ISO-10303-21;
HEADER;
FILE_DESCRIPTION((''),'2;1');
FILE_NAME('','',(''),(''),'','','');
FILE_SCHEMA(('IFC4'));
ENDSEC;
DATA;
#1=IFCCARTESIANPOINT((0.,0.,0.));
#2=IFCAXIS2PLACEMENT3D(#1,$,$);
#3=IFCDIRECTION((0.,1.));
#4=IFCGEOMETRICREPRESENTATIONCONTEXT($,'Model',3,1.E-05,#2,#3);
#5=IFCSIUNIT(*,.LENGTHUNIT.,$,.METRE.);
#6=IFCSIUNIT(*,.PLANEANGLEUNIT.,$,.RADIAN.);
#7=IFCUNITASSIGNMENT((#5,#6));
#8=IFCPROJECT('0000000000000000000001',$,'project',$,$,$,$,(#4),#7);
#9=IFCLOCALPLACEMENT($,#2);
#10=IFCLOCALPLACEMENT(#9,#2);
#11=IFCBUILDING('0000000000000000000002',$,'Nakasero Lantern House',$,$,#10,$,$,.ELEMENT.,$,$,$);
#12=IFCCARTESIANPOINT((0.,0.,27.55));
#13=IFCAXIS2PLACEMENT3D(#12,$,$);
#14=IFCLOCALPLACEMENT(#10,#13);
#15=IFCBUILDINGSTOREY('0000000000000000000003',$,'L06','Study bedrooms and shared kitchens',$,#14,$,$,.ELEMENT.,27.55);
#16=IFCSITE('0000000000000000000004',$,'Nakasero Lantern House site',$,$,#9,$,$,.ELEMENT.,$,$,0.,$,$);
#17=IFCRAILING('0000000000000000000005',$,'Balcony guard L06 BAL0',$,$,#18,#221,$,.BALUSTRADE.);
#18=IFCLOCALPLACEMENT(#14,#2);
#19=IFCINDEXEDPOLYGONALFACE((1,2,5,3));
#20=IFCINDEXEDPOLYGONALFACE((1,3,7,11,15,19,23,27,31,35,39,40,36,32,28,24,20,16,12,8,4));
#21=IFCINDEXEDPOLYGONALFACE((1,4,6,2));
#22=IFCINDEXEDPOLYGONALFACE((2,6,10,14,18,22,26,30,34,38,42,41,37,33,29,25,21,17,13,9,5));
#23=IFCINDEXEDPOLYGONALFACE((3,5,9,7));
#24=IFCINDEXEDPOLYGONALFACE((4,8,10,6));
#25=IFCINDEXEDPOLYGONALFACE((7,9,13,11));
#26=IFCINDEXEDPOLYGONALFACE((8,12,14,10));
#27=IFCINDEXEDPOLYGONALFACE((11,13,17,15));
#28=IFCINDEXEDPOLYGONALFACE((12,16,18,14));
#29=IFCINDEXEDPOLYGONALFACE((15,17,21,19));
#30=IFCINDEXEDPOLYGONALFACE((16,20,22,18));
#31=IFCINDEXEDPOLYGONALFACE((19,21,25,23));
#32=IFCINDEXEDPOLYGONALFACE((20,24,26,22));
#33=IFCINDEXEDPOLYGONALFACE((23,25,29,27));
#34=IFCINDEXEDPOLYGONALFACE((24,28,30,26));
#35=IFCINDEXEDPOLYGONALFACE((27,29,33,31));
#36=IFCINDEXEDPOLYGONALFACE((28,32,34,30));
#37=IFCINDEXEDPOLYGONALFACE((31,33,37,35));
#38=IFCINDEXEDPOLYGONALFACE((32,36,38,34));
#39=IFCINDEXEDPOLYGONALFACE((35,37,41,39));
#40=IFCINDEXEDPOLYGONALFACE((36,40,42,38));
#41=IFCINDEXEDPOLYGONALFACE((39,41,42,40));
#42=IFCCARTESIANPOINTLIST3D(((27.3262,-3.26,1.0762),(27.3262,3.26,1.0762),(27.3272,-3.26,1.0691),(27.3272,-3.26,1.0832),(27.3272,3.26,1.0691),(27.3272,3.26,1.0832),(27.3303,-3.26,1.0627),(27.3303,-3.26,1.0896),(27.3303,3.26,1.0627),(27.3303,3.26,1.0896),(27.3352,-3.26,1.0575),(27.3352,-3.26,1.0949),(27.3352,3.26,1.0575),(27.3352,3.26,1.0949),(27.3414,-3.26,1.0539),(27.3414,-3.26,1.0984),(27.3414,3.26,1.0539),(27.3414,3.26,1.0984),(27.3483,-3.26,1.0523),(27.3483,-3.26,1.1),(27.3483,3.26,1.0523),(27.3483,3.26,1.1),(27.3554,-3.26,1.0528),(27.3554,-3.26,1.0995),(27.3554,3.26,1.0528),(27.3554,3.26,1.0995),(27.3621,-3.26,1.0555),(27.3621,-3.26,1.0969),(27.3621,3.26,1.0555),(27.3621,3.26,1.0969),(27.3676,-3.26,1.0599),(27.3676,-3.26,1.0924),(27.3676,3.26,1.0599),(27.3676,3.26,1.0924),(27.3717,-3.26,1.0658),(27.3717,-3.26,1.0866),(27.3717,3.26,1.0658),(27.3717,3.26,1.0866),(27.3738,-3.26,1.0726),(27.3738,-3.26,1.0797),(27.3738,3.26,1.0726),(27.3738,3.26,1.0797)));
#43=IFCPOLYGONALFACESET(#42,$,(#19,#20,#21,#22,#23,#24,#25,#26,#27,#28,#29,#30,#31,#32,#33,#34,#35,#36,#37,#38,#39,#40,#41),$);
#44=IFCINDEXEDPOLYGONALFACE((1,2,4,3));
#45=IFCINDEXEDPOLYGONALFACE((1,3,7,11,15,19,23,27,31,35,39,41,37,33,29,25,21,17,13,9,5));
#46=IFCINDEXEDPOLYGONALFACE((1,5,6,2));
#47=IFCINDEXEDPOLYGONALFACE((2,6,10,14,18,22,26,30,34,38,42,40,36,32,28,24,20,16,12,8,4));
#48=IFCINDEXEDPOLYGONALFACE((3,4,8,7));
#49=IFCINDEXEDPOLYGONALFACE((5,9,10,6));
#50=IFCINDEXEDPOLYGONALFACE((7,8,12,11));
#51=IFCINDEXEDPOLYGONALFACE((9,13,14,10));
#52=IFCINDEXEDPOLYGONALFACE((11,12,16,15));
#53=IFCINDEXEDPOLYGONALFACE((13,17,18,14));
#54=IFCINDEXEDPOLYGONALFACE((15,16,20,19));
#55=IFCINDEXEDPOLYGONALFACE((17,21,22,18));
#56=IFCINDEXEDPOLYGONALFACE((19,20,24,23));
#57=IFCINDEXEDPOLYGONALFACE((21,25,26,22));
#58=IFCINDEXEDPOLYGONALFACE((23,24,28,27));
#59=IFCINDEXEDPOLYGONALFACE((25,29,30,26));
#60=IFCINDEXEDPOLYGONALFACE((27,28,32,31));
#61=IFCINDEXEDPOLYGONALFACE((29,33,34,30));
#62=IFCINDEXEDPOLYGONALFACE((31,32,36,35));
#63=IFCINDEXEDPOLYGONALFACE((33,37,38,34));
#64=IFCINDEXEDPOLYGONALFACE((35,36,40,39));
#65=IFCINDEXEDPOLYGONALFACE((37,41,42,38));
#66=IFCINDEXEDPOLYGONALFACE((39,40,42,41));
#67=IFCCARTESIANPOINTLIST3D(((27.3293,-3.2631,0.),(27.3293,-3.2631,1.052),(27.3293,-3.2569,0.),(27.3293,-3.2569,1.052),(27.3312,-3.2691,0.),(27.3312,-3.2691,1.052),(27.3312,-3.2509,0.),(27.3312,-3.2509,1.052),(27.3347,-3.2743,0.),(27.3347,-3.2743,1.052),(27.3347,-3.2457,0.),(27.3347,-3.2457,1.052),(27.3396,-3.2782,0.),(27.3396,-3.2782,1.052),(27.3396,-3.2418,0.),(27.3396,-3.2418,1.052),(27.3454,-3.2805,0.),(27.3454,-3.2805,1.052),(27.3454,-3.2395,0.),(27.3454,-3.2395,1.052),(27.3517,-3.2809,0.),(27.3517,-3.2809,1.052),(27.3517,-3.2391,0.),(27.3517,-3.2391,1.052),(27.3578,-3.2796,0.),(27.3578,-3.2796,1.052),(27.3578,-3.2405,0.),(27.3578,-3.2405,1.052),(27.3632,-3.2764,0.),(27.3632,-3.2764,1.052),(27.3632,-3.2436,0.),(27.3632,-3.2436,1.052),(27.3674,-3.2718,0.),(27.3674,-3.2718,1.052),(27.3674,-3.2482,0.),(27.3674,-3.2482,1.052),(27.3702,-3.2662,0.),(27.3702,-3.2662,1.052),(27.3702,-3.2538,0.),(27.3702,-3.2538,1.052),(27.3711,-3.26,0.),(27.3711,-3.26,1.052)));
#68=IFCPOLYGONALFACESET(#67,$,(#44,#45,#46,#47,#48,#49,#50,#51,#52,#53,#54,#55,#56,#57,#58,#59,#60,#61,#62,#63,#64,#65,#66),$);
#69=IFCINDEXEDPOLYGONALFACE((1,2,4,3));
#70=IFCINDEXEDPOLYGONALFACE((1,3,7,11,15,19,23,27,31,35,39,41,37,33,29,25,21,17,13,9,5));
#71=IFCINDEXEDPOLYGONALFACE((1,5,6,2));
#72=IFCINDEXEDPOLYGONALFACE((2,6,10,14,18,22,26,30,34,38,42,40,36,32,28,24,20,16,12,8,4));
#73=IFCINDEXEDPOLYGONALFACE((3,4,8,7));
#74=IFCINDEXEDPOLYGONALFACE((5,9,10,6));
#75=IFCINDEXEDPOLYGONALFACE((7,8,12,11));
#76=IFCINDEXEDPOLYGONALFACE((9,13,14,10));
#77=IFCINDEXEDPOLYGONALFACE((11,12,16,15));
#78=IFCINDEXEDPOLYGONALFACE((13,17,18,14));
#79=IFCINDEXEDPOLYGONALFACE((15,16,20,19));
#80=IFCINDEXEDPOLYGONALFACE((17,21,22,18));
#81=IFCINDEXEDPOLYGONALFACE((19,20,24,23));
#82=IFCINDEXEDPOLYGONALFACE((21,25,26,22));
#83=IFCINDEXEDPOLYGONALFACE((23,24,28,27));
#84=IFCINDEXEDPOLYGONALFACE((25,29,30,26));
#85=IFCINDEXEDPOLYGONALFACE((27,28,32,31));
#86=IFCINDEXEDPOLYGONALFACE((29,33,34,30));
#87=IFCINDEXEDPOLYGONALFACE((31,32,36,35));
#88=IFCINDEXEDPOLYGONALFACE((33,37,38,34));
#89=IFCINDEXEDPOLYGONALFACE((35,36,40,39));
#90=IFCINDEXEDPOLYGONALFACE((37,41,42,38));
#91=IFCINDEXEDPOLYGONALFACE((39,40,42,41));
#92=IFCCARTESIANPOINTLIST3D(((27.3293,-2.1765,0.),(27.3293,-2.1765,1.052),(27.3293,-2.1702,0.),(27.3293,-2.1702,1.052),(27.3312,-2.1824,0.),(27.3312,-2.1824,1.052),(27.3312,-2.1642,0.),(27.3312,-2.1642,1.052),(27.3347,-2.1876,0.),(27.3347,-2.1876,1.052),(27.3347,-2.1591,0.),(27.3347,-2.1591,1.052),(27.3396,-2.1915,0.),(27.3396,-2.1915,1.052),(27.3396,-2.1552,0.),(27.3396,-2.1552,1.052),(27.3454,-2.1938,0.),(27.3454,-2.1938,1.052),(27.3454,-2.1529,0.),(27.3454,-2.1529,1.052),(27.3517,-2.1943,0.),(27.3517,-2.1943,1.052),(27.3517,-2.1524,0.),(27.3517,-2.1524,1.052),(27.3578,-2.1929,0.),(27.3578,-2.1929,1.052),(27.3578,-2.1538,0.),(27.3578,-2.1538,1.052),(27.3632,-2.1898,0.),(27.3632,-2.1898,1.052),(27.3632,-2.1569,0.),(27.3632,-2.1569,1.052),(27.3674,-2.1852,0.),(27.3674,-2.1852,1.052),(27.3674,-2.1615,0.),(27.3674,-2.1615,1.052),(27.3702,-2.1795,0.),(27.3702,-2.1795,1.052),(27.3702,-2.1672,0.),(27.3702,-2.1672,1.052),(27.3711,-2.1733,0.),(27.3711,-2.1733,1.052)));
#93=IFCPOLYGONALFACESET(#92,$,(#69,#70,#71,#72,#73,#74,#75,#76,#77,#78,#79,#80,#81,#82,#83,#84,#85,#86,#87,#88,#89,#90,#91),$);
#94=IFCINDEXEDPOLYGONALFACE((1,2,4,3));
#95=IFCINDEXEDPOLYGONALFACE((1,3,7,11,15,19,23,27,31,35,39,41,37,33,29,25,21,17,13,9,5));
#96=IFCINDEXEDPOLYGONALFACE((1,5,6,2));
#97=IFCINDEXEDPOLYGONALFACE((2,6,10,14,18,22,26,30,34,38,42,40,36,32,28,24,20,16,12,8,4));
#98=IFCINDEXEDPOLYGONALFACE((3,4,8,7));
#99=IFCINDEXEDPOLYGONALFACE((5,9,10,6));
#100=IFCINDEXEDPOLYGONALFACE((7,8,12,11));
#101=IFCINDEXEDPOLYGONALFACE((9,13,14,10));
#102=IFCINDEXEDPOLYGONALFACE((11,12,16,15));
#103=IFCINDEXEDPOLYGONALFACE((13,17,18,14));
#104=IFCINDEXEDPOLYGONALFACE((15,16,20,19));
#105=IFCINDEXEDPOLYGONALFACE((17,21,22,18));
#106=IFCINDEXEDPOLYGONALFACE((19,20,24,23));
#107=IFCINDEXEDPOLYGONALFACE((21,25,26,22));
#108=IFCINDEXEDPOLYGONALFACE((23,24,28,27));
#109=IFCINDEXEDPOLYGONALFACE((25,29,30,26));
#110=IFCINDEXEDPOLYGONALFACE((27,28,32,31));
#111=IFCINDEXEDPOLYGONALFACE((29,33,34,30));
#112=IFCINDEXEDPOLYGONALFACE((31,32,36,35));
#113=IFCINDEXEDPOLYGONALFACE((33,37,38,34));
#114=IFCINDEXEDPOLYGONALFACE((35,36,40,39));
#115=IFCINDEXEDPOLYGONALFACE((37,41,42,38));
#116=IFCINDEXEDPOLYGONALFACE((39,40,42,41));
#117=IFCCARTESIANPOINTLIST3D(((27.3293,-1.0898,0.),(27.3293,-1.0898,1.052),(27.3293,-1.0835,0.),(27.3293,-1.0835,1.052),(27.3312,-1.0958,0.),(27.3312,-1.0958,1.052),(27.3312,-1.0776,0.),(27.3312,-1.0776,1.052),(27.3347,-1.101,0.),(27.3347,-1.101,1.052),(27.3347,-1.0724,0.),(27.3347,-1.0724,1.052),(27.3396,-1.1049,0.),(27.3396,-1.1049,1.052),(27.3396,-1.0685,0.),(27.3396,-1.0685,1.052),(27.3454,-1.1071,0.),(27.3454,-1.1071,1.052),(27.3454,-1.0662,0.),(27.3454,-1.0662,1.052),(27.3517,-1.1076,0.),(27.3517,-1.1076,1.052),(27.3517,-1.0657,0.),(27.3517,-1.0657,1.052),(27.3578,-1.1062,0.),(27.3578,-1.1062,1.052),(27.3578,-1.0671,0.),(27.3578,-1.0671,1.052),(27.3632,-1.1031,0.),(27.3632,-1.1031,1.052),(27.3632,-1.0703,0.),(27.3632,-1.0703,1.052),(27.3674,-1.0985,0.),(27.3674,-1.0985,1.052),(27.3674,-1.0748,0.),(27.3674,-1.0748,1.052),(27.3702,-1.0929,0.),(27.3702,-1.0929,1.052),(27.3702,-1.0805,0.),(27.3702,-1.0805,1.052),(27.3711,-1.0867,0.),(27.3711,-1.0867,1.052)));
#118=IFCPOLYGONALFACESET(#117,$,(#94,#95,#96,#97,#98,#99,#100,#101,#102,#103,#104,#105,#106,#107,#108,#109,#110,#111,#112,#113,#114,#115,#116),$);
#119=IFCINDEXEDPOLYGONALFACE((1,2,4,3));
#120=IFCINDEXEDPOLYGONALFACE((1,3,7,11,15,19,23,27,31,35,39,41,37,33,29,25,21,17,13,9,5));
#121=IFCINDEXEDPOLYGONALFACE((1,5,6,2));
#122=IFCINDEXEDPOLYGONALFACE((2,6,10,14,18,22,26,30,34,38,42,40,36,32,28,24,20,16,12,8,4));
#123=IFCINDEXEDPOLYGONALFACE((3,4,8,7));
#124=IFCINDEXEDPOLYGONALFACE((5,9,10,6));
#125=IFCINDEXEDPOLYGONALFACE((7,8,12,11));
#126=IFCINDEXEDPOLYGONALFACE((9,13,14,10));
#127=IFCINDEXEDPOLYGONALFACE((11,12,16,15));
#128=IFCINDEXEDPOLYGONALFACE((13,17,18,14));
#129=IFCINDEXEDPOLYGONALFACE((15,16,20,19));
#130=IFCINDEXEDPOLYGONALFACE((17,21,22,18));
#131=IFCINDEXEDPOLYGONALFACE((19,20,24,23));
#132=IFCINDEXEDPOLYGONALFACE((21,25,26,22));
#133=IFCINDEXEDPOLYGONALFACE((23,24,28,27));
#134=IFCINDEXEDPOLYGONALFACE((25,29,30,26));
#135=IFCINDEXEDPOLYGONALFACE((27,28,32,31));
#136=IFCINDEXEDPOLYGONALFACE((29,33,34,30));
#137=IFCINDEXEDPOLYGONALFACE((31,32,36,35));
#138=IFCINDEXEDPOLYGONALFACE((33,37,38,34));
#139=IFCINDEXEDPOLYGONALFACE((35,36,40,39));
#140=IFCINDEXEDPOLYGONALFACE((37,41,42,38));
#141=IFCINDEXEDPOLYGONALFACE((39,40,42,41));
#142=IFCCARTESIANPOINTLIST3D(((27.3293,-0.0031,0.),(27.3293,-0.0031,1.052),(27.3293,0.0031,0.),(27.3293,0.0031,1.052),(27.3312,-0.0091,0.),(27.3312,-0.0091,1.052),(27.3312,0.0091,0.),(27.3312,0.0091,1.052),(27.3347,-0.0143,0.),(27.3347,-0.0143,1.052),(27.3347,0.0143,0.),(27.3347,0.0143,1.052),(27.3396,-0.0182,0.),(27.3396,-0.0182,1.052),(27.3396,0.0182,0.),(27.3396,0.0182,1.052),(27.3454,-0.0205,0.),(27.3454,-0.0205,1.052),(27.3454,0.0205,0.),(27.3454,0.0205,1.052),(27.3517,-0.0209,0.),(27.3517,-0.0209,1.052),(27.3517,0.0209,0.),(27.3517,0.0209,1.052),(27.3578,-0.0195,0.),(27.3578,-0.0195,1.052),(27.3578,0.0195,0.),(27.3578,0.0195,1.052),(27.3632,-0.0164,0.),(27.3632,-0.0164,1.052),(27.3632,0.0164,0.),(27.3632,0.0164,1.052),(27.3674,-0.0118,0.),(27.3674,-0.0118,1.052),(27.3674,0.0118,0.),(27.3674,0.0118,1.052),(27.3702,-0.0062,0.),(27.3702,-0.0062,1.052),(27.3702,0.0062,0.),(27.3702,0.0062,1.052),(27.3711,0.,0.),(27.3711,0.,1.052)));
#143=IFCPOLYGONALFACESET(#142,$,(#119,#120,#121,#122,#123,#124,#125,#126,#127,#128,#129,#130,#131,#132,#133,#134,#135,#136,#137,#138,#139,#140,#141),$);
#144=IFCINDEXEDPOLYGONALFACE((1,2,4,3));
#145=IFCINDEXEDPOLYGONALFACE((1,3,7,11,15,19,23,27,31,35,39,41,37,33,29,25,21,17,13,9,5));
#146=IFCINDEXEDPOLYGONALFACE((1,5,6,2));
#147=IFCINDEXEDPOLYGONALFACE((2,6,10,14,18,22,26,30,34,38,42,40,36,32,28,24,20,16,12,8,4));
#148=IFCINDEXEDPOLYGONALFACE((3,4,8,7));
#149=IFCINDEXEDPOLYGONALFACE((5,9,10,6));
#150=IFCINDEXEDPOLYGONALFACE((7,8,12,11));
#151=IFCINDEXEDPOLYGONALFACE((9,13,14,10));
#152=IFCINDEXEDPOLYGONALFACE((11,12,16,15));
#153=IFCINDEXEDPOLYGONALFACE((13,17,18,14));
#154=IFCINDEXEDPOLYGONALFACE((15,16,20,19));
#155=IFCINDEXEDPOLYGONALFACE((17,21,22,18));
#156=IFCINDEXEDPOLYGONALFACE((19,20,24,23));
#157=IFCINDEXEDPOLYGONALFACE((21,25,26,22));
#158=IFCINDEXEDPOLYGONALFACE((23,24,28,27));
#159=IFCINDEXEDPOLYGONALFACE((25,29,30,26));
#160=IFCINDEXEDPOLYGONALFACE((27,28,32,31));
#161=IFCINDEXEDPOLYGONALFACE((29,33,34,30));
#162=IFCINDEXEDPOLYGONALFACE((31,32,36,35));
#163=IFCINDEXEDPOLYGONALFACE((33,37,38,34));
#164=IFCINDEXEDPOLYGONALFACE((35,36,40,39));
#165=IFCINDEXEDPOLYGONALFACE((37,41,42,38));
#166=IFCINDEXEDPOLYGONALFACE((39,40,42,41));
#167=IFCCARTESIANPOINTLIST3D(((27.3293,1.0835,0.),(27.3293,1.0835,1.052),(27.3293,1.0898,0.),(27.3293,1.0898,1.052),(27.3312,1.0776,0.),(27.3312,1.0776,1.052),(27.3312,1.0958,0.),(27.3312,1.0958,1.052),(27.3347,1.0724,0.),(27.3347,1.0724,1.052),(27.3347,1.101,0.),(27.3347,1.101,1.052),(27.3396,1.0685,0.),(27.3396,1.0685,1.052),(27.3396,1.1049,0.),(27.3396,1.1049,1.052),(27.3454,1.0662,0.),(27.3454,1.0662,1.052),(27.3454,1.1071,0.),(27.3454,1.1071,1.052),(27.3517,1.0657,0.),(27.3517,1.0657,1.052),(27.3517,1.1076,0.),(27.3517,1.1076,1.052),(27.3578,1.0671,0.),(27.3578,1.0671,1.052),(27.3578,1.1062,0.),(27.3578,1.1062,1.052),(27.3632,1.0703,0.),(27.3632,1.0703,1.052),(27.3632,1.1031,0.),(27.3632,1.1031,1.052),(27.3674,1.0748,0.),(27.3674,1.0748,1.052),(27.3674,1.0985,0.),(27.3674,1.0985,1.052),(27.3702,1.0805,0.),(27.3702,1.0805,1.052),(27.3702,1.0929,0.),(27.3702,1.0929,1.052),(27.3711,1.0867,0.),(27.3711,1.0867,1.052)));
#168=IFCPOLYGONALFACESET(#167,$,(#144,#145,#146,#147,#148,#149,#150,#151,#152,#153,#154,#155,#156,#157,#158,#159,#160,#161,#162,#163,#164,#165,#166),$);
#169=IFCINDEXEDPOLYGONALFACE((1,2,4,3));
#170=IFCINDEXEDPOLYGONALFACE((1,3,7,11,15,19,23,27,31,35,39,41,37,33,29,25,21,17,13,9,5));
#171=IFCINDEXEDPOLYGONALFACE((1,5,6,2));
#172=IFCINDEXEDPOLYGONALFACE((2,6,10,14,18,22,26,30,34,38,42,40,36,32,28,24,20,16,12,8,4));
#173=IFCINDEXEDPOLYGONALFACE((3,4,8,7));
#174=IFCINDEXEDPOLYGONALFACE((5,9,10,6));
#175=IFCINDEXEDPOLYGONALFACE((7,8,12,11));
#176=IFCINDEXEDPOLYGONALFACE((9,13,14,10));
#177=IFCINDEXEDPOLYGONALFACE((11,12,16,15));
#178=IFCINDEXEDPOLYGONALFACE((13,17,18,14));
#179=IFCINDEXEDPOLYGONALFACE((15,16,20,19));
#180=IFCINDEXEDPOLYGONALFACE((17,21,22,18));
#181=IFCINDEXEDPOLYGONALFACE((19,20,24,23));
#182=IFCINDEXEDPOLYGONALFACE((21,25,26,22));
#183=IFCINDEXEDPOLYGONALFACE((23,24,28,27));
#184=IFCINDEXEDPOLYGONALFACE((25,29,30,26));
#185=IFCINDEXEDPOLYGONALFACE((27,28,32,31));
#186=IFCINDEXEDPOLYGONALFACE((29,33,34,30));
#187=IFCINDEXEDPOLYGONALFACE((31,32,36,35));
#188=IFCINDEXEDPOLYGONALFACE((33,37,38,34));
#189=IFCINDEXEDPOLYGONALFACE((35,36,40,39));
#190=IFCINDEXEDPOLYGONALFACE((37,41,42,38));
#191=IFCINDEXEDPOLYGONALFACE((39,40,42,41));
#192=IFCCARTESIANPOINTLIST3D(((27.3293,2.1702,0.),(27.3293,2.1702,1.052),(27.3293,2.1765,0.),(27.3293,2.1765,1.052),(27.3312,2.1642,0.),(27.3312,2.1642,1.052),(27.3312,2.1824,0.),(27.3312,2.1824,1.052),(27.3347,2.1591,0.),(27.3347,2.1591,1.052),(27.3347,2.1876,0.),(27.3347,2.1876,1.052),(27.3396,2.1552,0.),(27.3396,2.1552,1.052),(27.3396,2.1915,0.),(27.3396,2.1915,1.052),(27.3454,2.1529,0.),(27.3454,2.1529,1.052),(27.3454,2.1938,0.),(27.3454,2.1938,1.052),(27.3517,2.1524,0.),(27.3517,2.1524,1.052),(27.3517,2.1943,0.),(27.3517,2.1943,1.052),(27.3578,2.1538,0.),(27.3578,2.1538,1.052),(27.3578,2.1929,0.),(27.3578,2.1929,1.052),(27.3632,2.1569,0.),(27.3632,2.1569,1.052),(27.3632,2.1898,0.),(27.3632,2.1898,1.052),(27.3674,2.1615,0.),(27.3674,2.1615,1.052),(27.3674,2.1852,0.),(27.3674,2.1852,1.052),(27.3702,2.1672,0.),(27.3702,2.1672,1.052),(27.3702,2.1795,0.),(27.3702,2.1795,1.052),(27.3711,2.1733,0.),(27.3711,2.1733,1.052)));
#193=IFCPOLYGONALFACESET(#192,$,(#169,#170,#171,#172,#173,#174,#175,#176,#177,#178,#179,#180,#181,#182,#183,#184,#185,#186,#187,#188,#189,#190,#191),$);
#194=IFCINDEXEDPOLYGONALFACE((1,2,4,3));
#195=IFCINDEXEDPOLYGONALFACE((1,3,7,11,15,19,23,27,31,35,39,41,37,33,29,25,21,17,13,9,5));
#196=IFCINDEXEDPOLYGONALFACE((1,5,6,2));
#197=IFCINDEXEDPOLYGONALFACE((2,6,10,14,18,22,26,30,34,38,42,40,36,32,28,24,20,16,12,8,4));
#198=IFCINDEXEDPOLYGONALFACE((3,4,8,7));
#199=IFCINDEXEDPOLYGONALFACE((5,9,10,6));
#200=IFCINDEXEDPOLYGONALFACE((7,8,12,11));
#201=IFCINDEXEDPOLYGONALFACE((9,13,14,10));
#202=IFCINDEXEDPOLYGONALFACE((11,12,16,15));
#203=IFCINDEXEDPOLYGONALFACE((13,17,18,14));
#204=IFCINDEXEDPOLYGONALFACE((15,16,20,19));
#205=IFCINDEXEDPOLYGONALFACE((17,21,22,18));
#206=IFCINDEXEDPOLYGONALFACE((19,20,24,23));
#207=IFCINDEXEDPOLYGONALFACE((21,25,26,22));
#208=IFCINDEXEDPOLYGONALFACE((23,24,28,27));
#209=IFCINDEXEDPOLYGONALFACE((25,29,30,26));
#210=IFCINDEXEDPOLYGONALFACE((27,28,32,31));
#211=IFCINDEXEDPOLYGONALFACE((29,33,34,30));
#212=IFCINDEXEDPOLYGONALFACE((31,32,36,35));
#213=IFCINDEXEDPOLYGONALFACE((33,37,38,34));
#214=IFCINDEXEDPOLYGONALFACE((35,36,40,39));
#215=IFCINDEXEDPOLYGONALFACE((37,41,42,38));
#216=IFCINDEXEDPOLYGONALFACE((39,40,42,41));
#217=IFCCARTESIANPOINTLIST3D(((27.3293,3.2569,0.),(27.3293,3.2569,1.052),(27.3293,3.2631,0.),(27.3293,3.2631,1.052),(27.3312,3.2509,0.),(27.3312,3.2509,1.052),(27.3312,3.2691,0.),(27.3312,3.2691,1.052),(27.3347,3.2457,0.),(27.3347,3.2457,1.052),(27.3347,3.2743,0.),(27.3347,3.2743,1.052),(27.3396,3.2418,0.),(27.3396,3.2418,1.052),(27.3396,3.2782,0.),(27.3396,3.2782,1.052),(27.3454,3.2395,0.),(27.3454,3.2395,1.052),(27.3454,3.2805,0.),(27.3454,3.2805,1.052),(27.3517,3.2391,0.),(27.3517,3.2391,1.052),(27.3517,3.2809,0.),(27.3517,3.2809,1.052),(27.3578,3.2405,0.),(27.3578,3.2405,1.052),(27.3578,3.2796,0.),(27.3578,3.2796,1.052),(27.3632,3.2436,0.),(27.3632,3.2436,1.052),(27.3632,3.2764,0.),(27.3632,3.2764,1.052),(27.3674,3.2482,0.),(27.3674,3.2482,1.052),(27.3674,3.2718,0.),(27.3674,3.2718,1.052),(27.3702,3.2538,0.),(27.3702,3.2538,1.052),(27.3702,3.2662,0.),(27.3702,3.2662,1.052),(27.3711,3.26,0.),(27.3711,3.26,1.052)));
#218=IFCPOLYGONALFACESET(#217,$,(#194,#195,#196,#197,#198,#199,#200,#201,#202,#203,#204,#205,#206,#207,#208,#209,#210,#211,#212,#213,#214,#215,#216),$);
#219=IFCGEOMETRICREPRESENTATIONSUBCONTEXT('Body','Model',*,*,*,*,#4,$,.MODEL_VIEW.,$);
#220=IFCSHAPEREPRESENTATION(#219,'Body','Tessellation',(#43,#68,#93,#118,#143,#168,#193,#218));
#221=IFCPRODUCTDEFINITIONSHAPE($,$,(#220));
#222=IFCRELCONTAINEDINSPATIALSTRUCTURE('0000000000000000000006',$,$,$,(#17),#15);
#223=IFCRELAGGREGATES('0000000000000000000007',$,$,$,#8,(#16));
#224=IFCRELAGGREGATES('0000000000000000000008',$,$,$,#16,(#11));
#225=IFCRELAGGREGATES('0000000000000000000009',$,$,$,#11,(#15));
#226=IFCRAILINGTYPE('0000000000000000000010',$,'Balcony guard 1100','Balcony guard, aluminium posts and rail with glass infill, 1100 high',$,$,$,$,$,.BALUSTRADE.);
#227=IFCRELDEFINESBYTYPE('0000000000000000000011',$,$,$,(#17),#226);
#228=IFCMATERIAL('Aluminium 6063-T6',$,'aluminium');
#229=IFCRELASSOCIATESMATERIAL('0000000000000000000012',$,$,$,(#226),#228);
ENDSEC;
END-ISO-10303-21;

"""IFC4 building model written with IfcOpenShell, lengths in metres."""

from ifc_helpers import new_model, si_unit, direction, frame, origin, origin_2d, place, context, subcontext, project, spatial, circle, extrude, material, type_object, element, save


model = new_model("IFC4")

# Units and contexts
model_context = context("Model", 3, precision=1e-05, world=origin(), true_north=direction((0.0, 1.0)))
body_context = subcontext(model_context, "Body", "Model", "MODEL_VIEW")
ifc_project = project(units=[si_unit("LENGTHUNIT", "METRE"), si_unit("PLANEANGLEUNIT", "RADIAN")], contexts=[model_context])

# Site, building, storey
site_placement = place(None, origin())
site = spatial("IfcSite", under=ifc_project, at=site_placement, Name="Nakasero Lantern House site", CompositionType="ELEMENT", RefElevation=0.0)
building_placement = place(site_placement, origin())
building = spatial("IfcBuilding", under=site, at=building_placement, Name="Nakasero Lantern House", CompositionType="ELEMENT")
storey_placement = place(building_placement, frame((0.0, 0.0, 27.55)))
storey = spatial("IfcBuildingStorey", under=building, at=storey_placement, Name="L06", Description="Study bedrooms and shared kitchens", CompositionType="ELEMENT", Elevation=27.55)

# Railing
ifc_material_1 = material(Name="Aluminium 6063-T6", Category="aluminium")
railing_type = type_object("IfcRailingType", Name="Balcony guard 1100", Description="Balcony guard, aluminium posts and rail with glass infill, 1100 high", PredefinedType="BALUSTRADE", material=ifc_material_1)
railing_placement = place(storey_placement, frame((27.3501, -3.26, 0.0)))
element("IfcRailing", 1, at=railing_placement, inside=storey, type_object=railing_type, Name="Balcony guard L06 BAL0", PredefinedType="BALUSTRADE", context=body_context, shape_type="SweptSolid", body=[
    extrude(circle(Radius=0.0239, at=origin_2d()), frame((0.0, 0.0, 1.0762), z_axis=(0.0, 1.0, 0.0), x_axis=(-1.0, 0.0, 0.0)), (0.0, 0.0, 1.0), 6.52),
    extrude(circle(Radius=0.021, at=origin_2d()), origin(), (0.0, 0.0, 1.0), 1.052),
    extrude(circle(Radius=0.021, at=origin_2d()), frame((0.0, 1.0867, 0.0)), (0.0, 0.0, 1.0), 1.052),
    extrude(circle(Radius=0.021, at=origin_2d()), frame((0.0, 2.1733, 0.0)), (0.0, 0.0, 1.0), 1.052),
    extrude(circle(Radius=0.021, at=origin_2d()), frame((0.0, 3.26, 0.0)), (0.0, 0.0, 1.0), 1.052),
    extrude(circle(Radius=0.021, at=origin_2d()), frame((0.0, 4.3467, 0.0)), (0.0, 0.0, 1.0), 1.052),
    extrude(circle(Radius=0.021, at=origin_2d()), frame((0.0, 5.4333, 0.0)), (0.0, 0.0, 1.0), 1.052),
    extrude(circle(Radius=0.021, at=origin_2d()), frame((0.0, 6.52, 0.0)), (0.0, 0.0, 1.0), 1.052),
])

save(model, "model.ifc")
